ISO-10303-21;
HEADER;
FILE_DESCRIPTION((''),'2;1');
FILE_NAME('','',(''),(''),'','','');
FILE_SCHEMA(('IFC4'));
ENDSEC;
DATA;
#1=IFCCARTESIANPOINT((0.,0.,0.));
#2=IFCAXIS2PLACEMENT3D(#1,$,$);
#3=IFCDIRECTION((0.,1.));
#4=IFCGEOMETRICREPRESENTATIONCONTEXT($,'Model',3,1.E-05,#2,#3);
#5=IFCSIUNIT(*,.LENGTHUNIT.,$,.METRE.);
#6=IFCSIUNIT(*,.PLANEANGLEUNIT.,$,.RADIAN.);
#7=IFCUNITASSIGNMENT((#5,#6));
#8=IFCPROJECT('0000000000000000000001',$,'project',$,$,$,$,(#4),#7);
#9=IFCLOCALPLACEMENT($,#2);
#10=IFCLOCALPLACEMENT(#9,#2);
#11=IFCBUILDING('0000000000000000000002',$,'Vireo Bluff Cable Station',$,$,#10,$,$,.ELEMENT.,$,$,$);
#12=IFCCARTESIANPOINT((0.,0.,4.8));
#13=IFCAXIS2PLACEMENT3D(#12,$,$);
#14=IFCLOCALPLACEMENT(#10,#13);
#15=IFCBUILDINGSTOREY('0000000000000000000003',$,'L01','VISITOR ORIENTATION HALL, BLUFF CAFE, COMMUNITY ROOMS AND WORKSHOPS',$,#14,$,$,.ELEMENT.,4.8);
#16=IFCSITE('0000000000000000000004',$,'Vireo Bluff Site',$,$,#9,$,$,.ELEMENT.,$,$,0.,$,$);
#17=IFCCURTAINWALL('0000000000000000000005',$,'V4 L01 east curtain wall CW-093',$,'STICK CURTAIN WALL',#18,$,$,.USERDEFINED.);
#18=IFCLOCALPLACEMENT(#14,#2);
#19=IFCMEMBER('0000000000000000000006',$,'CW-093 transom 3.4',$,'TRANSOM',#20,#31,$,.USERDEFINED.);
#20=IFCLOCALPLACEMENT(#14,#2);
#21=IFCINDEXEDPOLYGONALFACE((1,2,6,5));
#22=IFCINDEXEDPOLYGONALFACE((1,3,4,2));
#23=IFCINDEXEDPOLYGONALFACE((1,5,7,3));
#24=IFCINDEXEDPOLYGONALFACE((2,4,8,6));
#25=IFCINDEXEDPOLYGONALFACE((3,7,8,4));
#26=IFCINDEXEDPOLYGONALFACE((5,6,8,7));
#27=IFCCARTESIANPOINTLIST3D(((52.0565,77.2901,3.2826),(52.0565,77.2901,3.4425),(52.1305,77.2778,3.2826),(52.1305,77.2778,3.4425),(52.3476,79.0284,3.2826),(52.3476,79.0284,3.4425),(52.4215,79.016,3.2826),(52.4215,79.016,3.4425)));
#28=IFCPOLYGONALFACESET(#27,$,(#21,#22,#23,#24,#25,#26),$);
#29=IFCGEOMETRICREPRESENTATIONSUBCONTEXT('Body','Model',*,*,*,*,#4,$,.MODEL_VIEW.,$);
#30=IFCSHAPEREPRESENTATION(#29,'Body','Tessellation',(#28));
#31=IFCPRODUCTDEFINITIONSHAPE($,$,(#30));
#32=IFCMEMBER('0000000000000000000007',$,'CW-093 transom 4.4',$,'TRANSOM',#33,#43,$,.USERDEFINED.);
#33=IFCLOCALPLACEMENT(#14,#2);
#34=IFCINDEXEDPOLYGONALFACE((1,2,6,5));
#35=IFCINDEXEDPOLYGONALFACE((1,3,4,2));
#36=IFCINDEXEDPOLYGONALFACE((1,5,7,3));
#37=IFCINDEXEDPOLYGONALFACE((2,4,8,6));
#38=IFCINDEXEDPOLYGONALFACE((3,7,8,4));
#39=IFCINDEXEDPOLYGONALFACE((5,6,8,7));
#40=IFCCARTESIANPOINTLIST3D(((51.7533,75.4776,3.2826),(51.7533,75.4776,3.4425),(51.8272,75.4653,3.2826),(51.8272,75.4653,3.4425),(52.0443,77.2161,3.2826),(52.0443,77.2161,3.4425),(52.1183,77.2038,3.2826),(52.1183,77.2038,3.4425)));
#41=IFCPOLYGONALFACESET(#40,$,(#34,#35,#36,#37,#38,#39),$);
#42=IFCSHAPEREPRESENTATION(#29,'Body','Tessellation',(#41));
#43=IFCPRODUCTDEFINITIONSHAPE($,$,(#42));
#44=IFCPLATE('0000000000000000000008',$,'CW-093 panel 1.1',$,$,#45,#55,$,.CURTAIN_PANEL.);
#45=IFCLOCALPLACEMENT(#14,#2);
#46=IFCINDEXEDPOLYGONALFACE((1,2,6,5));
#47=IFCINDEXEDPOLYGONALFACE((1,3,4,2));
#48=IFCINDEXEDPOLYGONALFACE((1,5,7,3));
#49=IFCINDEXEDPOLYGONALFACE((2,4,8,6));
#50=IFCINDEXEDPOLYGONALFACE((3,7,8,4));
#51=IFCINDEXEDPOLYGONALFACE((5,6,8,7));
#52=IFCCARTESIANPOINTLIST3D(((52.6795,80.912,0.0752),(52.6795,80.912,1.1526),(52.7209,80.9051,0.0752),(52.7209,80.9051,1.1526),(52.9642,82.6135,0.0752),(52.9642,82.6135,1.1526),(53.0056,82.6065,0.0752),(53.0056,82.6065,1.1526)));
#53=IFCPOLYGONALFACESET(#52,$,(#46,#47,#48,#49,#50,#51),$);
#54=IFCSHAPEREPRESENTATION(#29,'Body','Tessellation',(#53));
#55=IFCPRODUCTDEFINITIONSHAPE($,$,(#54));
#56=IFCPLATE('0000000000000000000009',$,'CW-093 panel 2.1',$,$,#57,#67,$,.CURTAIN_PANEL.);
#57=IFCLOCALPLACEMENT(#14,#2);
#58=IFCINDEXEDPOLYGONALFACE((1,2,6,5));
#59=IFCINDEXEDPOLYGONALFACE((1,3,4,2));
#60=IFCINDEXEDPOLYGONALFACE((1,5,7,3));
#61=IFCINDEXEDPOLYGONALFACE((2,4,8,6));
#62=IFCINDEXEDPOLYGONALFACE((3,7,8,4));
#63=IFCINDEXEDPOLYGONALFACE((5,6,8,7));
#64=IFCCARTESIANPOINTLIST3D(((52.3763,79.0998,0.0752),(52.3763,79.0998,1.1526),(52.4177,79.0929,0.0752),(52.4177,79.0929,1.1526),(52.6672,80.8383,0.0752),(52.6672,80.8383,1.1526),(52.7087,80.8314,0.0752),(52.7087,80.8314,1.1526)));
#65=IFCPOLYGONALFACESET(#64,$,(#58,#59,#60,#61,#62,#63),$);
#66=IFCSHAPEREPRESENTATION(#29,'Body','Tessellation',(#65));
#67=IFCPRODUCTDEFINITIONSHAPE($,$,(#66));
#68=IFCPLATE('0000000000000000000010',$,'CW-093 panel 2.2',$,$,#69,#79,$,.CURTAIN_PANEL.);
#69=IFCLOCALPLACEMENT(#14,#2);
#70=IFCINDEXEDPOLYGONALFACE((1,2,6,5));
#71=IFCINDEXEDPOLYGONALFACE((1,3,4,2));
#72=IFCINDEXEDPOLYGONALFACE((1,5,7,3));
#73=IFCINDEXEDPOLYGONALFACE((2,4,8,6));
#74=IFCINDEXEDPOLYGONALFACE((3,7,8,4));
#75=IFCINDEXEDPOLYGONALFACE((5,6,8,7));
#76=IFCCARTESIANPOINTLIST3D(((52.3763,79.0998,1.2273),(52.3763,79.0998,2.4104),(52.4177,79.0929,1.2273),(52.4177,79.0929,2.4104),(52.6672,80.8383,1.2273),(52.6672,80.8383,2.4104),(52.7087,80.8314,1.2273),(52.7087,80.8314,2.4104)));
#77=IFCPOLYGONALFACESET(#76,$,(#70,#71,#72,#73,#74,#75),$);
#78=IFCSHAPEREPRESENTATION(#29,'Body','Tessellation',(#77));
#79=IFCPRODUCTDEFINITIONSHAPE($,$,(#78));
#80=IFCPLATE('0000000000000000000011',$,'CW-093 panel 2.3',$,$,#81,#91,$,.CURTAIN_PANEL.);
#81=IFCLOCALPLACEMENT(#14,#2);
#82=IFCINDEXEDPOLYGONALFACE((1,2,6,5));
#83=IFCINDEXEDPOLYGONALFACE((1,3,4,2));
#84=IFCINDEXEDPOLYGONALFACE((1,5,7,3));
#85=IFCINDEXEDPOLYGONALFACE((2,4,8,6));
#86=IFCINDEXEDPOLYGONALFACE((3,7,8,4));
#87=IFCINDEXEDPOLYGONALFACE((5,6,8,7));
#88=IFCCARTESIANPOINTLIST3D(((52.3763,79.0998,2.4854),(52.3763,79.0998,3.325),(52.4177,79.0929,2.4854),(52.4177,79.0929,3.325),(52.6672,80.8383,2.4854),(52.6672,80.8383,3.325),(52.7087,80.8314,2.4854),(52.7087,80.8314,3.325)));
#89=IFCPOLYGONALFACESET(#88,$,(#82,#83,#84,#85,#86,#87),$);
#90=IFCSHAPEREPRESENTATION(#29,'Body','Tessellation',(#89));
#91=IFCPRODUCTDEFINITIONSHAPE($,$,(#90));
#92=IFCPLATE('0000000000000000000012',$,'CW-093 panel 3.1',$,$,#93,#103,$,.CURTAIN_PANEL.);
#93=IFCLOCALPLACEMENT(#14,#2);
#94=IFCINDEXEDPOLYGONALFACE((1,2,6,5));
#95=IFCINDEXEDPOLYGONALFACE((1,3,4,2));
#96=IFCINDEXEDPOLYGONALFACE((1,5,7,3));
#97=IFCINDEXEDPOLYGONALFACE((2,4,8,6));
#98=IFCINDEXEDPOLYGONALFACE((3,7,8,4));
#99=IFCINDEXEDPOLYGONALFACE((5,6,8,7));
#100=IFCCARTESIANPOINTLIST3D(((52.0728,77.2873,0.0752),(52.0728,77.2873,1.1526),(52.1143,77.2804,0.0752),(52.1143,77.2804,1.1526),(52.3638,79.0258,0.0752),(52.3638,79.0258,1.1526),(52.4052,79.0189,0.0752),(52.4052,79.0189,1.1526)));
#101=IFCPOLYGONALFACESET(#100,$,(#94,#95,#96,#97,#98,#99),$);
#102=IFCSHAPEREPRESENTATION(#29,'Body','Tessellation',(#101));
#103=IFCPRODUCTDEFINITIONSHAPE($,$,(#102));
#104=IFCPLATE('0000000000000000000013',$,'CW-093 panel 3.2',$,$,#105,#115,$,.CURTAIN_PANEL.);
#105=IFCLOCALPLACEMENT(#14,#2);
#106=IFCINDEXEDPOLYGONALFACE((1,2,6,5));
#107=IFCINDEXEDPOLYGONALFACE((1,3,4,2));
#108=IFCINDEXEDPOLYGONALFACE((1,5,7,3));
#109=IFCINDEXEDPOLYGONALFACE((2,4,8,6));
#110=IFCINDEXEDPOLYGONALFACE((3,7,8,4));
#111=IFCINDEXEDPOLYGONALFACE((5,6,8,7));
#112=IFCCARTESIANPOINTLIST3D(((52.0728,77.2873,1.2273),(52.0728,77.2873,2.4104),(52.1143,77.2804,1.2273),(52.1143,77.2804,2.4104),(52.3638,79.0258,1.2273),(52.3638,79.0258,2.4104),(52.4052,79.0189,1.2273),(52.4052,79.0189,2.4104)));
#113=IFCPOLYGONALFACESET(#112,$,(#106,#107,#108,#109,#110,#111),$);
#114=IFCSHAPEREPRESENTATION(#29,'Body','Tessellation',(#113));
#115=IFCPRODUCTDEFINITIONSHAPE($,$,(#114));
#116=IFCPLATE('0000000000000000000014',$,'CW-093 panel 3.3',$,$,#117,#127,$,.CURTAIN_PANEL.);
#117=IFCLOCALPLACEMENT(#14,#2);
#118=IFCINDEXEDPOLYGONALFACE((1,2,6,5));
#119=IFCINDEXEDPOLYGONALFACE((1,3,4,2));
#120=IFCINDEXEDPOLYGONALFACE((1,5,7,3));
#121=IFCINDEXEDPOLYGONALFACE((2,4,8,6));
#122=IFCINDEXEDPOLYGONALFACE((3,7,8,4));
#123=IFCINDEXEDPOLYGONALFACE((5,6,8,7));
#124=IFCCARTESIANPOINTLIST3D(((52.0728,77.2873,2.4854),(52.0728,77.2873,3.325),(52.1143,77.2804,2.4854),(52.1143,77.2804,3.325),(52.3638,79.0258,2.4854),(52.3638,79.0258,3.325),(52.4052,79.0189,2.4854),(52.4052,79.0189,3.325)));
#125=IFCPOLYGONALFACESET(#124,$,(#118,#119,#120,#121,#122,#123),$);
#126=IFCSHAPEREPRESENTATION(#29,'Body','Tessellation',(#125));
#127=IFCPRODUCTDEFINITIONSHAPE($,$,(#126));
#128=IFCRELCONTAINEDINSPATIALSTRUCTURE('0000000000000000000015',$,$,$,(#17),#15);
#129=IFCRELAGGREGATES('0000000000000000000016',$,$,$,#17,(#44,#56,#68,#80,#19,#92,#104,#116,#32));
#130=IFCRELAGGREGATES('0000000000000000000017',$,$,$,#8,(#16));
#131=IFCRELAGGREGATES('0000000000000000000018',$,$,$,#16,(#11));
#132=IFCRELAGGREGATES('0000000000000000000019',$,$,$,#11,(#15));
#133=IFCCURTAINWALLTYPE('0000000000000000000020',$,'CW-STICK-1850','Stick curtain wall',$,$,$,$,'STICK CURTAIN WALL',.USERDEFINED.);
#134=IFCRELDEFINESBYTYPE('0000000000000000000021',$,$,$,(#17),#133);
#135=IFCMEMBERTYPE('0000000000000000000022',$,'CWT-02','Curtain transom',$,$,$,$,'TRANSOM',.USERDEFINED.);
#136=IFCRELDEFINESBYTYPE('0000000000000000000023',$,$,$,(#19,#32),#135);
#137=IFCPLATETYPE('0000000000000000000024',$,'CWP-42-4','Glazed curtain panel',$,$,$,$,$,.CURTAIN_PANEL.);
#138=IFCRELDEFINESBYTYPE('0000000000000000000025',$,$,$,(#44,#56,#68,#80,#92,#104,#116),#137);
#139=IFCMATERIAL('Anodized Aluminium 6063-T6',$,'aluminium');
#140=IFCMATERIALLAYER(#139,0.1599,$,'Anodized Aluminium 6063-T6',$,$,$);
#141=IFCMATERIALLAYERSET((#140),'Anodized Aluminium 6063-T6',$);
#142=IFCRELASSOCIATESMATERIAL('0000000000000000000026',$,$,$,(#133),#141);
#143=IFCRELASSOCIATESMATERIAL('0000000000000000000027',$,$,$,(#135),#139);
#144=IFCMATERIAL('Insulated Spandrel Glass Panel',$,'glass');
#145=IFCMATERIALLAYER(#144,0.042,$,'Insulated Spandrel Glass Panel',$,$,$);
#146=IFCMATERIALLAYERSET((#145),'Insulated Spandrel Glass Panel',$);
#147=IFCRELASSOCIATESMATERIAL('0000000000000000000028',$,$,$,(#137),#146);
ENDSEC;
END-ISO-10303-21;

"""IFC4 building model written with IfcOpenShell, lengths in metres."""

from ifc_helpers import new_model, si_unit, direction, frame, origin, origin_2d, place, context, subcontext, project, spatial, rectangle, extrude, material, layer, layer_set, material_profile, profile_set, type_object, element, aggregate, save


model = new_model("IFC4")

# Units and contexts
model_context = context("Model", 3, precision=1e-05, world=origin(), true_north=direction((0.0, 1.0)))
body_context = subcontext(model_context, "Body", "Model", "MODEL_VIEW")
ifc_project = project(units=[si_unit("LENGTHUNIT", "METRE"), si_unit("PLANEANGLEUNIT", "RADIAN")], contexts=[model_context])

# Site, building, storey
site_placement = place(None, origin())
site = spatial("IfcSite", under=ifc_project, at=site_placement, Name="Vireo Bluff Site", CompositionType="ELEMENT", RefElevation=0.0)
building_placement = place(site_placement, origin())
building = spatial("IfcBuilding", under=site, at=building_placement, Name="Vireo Bluff Cable Station", CompositionType="ELEMENT")
storey_placement = place(building_placement, frame((0.0, 0.0, 4.8)))
storey = spatial("IfcBuildingStorey", under=building, at=storey_placement, Name="L01", Description="VISITOR ORIENTATION HALL, BLUFF CAFE, COMMUNITY ROOMS AND WORKSHOPS", CompositionType="ELEMENT", Elevation=4.8)

# Curtain wall
ifc_material_1 = material(Name="Anodized Aluminium 6063-T6", Category="aluminium")
ifc_layer_1 = layer(ifc_material_1, 0.1599, Name="Anodized Aluminium 6063-T6")
ifc_layer_set_1 = layer_set([ifc_layer_1], Name="Anodized Aluminium 6063-T6")
curtain_wall_type_1 = type_object("IfcCurtainWallType", Name="CW-STICK-1850", Description="Stick curtain wall", ElementType="STICK CURTAIN WALL", PredefinedType="USERDEFINED", material=ifc_layer_set_1)
curtain_wall_1_placement = place(storey_placement, origin())
curtain_wall_1 = element("IfcCurtainWall", 1, at=curtain_wall_1_placement, inside=storey, type_object=curtain_wall_type_1, Name="V4 L01 east curtain wall CW-093", ObjectType="STICK CURTAIN WALL", PredefinedType="USERDEFINED")

# Members
ifc_material_profile_1 = material_profile(ifc_material_1, rectangle(XDim=0.075, YDim=0.1599, at=origin_2d()), Name="ALU-T-75X160")
ifc_profile_set_1 = profile_set([ifc_material_profile_1], Name="Anodized Aluminium 6063-T6")
member_type_1 = type_object("IfcMemberType", Name="CWT-02", Description="Curtain transom", ElementType="TRANSOM", PredefinedType="USERDEFINED", material=ifc_profile_set_1)
member_1_placement = place(storey_placement, frame((52.3845, 79.0222, 3.3625), z_axis=(-0.165118, -0.986274, 0.0), x_axis=(0.986274, -0.165118, 0.0)))
member_1 = element("IfcMember", 2, at=member_1_placement, type_object=member_type_1, Name="CW-093 transom 3.4", ObjectType="TRANSOM", PredefinedType="USERDEFINED", context=body_context, shape_type="SweptSolid", body=[
    extrude(rectangle(XDim=0.075, YDim=0.1599, at=origin_2d()), origin(), (0.0, 0.0, 1.0), 1.7625),
])
member_2_placement = place(storey_placement, frame((52.0813, 77.21, 3.3625), z_axis=(-0.165095, -0.986278, 0.0), x_axis=(0.986278, -0.165095, 0.0)))
member_2 = element("IfcMember", 3, at=member_2_placement, type_object=member_type_1, Name="CW-093 transom 4.4", ObjectType="TRANSOM", PredefinedType="USERDEFINED", context=body_context, shape_type="SweptSolid", body=[
    extrude(rectangle(XDim=0.075, YDim=0.1599, at=origin_2d()), origin(), (0.0, 0.0, 1.0), 1.7627),
])

# Plates
ifc_material_2 = material(Name="Insulated Spandrel Glass Panel", Category="glass")
ifc_layer_2 = layer(ifc_material_2, 0.042, Name="Insulated Spandrel Glass Panel")
ifc_layer_set_2 = layer_set([ifc_layer_2], Name="Insulated Spandrel Glass Panel")
plate_type = type_object("IfcPlateType", Name="CWP-42-4", Description="Glazed curtain panel", PredefinedType="CURTAIN_PANEL", material=ifc_layer_set_2)
plate_1_placement = place(storey_placement, frame((52.8425, 81.7593, 0.0752), z_axis=(0.0, 0.0, 1.0), x_axis=(-0.165048, -0.986286, 0.0)))
plate_1 = element("IfcPlate", 4, at=plate_1_placement, type_object=plate_type, Name="CW-093 panel 1.1", PredefinedType="CURTAIN_PANEL", context=body_context, shape_type="SweptSolid", body=[
    extrude(rectangle(XDim=1.7251, YDim=0.042, at=origin_2d()), origin(), (0.0, 0.0, 1.0), 1.0774),
])
plate_2_placement = place(storey_placement, frame((52.5425, 79.9656, 0.0752), z_axis=(0.0, 0.0, 1.0), x_axis=(-0.165048, -0.986286, 0.0)))
plate_2 = element("IfcPlate", 5, at=plate_2_placement, type_object=plate_type, Name="CW-093 panel 2.1", PredefinedType="CURTAIN_PANEL", context=body_context, shape_type="SweptSolid", body=[
    extrude(rectangle(XDim=1.7627, YDim=0.042, at=origin_2d()), origin(), (0.0, 0.0, 1.0), 1.0774),
])
plate_3_placement = place(storey_placement, frame((52.5425, 79.9656, 1.2273), z_axis=(0.0, 0.0, 1.0), x_axis=(-0.165048, -0.986286, 0.0)))
plate_3 = element("IfcPlate", 6, at=plate_3_placement, type_object=plate_type, Name="CW-093 panel 2.2", PredefinedType="CURTAIN_PANEL", context=body_context, shape_type="SweptSolid", body=[
    extrude(rectangle(XDim=1.7627, YDim=0.042, at=origin_2d()), origin(), (0.0, 0.0, 1.0), 1.1831),
])
plate_4_placement = place(storey_placement, frame((52.5425, 79.9656, 2.4854), z_axis=(0.0, 0.0, 1.0), x_axis=(-0.165048, -0.986286, 0.0)))
plate_4 = element("IfcPlate", 7, at=plate_4_placement, type_object=plate_type, Name="CW-093 panel 2.3", PredefinedType="CURTAIN_PANEL", context=body_context, shape_type="SweptSolid", body=[
    extrude(rectangle(XDim=1.7627, YDim=0.042, at=origin_2d()), origin(), (0.0, 0.0, 1.0), 0.8396),
])
plate_5_placement = place(storey_placement, frame((52.239, 78.1531, 0.0752), z_axis=(0.0, 0.0, 1.0), x_axis=(-0.165048, -0.986286, 0.0)))
plate_5 = element("IfcPlate", 8, at=plate_5_placement, type_object=plate_type, Name="CW-093 panel 3.1", PredefinedType="CURTAIN_PANEL", context=body_context, shape_type="SweptSolid", body=[
    extrude(rectangle(XDim=1.7627, YDim=0.042, at=origin_2d()), origin(), (0.0, 0.0, 1.0), 1.0774),
])
plate_6_placement = place(storey_placement, frame((52.239, 78.1531, 1.2273), z_axis=(0.0, 0.0, 1.0), x_axis=(-0.165048, -0.986286, 0.0)))
plate_6 = element("IfcPlate", 9, at=plate_6_placement, type_object=plate_type, Name="CW-093 panel 3.2", PredefinedType="CURTAIN_PANEL", context=body_context, shape_type="SweptSolid", body=[
    extrude(rectangle(XDim=1.7627, YDim=0.042, at=origin_2d()), origin(), (0.0, 0.0, 1.0), 1.1831),
])
plate_7_placement = place(storey_placement, frame((52.239, 78.1531, 2.4854), z_axis=(0.0, 0.0, 1.0), x_axis=(-0.165048, -0.986286, 0.0)))
plate_7 = element("IfcPlate", 10, at=plate_7_placement, type_object=plate_type, Name="CW-093 panel 3.3", PredefinedType="CURTAIN_PANEL", context=body_context, shape_type="SweptSolid", body=[
    extrude(rectangle(XDim=1.7627, YDim=0.042, at=origin_2d()), origin(), (0.0, 0.0, 1.0), 0.8396),
])
aggregate(curtain_wall_1, [plate_1, plate_2, plate_3, plate_4, member_1, plate_5, plate_6, plate_7, member_2])

save(model, "model.ifc")
